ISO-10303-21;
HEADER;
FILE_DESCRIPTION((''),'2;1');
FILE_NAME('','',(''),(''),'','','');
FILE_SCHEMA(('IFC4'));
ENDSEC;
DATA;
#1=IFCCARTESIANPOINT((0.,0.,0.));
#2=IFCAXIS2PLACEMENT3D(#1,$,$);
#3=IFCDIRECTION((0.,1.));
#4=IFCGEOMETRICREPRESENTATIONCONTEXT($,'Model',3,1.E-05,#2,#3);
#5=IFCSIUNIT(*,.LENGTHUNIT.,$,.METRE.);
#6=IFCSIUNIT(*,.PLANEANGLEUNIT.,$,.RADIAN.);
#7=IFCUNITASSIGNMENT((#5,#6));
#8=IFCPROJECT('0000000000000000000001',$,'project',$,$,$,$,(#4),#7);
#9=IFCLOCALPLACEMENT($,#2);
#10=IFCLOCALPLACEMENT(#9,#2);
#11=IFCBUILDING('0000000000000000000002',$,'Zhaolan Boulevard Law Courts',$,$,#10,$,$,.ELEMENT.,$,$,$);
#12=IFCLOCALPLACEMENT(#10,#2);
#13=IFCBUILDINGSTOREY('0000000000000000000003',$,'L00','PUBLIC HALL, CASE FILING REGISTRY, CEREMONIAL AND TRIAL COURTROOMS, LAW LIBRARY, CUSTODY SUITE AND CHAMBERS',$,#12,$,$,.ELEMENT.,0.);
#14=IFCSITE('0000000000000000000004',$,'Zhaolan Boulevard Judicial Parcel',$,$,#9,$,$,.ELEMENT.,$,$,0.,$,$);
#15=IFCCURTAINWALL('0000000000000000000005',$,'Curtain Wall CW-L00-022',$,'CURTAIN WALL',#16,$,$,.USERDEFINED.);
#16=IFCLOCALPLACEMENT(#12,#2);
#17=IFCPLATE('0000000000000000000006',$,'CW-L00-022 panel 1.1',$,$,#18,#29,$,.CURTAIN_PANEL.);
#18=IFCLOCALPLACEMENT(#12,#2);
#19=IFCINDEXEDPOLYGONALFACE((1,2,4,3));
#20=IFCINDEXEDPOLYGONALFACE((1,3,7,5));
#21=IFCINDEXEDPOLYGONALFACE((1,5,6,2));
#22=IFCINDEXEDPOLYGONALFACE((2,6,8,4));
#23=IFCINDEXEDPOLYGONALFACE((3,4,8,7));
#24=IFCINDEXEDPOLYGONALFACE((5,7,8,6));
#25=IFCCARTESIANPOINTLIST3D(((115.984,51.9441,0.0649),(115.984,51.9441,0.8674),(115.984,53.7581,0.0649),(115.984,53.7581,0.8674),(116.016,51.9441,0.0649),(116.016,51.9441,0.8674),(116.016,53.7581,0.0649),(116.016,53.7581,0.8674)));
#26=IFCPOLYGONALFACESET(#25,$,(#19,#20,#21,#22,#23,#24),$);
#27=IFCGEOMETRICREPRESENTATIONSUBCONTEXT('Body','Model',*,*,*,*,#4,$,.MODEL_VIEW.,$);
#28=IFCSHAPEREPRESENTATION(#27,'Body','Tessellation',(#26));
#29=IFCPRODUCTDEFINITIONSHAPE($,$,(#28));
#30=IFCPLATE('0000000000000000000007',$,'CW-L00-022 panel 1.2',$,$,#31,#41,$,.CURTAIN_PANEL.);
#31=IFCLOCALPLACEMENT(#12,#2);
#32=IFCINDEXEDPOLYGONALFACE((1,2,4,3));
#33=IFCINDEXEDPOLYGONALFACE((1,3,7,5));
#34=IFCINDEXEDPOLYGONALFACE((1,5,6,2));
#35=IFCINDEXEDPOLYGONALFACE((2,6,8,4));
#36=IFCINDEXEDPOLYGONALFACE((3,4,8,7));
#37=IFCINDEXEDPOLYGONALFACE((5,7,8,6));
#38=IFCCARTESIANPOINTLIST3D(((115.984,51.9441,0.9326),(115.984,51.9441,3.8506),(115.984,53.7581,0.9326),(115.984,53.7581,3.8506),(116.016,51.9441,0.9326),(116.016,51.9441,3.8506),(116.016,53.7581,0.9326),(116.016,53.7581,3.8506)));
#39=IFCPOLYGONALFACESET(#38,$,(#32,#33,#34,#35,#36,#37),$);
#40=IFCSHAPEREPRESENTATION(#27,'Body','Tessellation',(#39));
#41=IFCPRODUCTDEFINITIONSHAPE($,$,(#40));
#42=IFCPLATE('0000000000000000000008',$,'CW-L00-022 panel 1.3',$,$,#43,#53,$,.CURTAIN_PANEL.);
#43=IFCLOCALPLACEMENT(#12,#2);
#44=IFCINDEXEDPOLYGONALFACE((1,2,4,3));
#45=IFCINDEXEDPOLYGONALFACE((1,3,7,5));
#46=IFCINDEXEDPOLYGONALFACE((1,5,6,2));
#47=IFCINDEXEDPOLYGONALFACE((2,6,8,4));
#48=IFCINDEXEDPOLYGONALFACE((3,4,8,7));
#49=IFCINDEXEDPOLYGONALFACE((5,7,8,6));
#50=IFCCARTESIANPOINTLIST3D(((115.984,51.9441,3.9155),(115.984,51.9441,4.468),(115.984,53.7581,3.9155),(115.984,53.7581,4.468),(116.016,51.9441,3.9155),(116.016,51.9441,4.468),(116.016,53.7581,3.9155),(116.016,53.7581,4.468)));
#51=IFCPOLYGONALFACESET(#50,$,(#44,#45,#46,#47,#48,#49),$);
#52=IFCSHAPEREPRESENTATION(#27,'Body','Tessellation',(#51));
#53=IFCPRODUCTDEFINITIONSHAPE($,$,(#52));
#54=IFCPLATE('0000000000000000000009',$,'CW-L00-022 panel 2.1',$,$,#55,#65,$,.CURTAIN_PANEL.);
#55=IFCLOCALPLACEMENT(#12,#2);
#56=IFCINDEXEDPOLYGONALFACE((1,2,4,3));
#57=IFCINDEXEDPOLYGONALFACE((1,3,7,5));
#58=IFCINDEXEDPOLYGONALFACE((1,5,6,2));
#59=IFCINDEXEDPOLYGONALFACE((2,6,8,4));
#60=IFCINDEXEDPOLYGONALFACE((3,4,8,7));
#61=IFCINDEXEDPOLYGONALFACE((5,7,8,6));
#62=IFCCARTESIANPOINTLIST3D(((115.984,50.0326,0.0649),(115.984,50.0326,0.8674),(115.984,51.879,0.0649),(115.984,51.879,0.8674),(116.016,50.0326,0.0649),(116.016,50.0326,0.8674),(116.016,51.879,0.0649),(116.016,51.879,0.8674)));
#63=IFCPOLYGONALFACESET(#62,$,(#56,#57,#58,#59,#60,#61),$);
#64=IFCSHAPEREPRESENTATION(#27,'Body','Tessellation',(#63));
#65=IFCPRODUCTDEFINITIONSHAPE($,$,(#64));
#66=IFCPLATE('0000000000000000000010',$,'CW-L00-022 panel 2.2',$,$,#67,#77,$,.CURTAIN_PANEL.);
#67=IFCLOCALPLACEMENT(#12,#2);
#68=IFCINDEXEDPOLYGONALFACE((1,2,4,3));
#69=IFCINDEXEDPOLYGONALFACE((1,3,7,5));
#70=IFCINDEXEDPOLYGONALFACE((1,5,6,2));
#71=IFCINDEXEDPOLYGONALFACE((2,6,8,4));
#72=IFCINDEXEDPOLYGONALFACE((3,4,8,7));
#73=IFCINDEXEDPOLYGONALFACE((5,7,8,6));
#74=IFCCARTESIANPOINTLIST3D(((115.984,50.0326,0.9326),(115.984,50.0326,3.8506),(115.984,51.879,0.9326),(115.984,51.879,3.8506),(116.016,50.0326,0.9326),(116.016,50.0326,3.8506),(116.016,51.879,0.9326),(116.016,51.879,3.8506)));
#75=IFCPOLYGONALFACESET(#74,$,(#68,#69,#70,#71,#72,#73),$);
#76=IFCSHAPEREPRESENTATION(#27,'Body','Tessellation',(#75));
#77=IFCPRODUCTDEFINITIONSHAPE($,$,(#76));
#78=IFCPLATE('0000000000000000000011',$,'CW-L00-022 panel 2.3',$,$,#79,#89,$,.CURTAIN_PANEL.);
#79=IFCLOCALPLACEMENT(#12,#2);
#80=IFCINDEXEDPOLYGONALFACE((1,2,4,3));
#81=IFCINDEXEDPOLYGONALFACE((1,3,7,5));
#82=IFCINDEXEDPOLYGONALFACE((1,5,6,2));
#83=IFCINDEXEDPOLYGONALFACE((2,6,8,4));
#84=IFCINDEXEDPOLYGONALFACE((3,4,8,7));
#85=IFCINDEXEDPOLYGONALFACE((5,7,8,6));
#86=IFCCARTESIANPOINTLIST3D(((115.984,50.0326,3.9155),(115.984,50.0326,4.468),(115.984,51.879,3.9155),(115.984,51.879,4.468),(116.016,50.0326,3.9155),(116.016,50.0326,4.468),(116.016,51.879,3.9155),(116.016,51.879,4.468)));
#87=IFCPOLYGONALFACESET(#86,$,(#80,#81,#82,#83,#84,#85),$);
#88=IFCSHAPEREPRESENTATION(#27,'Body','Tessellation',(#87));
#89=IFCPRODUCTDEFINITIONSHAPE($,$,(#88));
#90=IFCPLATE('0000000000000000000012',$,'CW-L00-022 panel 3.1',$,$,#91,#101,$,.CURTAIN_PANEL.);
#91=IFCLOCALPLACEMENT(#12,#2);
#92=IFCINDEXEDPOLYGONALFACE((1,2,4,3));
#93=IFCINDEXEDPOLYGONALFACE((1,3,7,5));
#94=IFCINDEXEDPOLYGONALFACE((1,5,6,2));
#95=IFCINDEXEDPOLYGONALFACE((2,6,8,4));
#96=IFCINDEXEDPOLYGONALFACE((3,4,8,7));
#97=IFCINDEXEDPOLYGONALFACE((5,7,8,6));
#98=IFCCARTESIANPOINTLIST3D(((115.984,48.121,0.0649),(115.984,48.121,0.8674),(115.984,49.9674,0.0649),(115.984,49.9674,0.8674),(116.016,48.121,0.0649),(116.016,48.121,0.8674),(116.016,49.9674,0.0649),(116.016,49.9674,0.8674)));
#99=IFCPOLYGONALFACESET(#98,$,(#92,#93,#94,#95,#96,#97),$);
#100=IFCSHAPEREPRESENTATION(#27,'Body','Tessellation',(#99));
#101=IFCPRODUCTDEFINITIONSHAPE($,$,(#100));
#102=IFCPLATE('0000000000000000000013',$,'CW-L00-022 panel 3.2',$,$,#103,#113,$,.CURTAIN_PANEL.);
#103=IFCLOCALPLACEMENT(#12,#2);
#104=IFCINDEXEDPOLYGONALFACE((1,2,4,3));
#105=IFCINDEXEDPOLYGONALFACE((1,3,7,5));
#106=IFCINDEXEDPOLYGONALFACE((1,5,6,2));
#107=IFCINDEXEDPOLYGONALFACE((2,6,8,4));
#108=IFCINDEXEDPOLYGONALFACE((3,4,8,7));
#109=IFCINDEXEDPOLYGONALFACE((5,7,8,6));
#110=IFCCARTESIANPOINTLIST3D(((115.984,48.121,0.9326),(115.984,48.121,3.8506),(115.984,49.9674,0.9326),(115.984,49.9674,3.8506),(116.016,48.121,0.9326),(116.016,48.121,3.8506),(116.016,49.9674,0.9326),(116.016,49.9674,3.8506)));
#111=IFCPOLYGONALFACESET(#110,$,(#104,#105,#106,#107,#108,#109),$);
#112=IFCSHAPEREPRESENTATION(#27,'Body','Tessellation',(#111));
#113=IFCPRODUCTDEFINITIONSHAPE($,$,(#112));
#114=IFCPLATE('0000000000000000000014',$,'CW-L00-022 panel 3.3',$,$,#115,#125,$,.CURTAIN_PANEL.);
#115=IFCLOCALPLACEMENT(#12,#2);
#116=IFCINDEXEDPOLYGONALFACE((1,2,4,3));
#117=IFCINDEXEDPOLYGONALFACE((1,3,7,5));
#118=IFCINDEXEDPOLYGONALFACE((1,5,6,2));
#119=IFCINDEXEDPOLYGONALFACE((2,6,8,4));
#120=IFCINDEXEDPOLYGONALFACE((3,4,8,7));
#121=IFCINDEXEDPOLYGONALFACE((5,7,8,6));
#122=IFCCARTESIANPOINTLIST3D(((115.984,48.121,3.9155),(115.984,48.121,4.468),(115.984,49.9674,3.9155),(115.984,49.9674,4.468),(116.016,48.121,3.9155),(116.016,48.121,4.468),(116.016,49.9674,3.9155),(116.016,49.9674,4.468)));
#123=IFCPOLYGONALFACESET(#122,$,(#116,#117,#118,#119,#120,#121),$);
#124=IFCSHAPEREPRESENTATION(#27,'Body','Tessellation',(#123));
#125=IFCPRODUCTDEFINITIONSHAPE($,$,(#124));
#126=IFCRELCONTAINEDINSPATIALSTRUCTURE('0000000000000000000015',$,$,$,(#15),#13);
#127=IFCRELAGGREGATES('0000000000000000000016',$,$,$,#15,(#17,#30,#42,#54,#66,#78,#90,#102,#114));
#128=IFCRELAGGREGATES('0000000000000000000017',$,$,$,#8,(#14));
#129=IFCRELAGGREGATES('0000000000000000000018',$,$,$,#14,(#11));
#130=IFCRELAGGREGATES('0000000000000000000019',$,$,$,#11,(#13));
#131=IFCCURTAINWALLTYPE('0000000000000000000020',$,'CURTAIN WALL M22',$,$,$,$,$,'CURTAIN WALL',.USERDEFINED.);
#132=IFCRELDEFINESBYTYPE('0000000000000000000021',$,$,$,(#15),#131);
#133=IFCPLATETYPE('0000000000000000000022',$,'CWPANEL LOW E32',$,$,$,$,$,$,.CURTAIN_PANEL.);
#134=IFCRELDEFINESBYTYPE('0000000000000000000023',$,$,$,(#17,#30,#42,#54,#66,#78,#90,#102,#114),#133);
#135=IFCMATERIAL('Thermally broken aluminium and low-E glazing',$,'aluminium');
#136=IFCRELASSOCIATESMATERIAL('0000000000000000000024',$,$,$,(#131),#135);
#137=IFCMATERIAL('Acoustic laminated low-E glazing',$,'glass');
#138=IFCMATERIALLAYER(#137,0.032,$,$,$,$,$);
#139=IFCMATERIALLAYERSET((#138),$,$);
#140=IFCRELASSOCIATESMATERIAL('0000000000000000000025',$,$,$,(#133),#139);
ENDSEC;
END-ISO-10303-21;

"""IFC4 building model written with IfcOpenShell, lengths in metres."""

from ifc_helpers import new_model, si_unit, direction, frame, origin, origin_2d, place, context, subcontext, project, spatial, rectangle, extrude, material, layer, layer_set, type_object, element, aggregate, save


model = new_model("IFC4")

# Units and contexts
model_context = context("Model", 3, precision=1e-05, world=origin(), true_north=direction((0.0, 1.0)))
body_context = subcontext(model_context, "Body", "Model", "MODEL_VIEW")
ifc_project = project(units=[si_unit("LENGTHUNIT", "METRE"), si_unit("PLANEANGLEUNIT", "RADIAN")], contexts=[model_context])

# Site, building, storey
site_placement = place(None, origin())
site = spatial("IfcSite", under=ifc_project, at=site_placement, Name="Zhaolan Boulevard Judicial Parcel", CompositionType="ELEMENT", RefElevation=0.0)
building_placement = place(site_placement, origin())
building = spatial("IfcBuilding", under=site, at=building_placement, Name="Zhaolan Boulevard Law Courts", CompositionType="ELEMENT")
storey_placement = place(building_placement, origin())
storey = spatial("IfcBuildingStorey", under=building, at=storey_placement, Name="L00", Description="PUBLIC HALL, CASE FILING REGISTRY, CEREMONIAL AND TRIAL COURTROOMS, LAW LIBRARY, CUSTODY SUITE AND CHAMBERS", CompositionType="ELEMENT", Elevation=0.0)

# Curtain wall, plates
ifc_material_1 = material(Name="Thermally broken aluminium and low-E glazing", Category="aluminium")
curtain_wall_type = type_object("IfcCurtainWallType", Name="CURTAIN WALL M22", ElementType="CURTAIN WALL", PredefinedType="USERDEFINED", material=ifc_material_1)
curtain_wall_placement = place(storey_placement, origin())
curtain_wall = element("IfcCurtainWall", 1, at=curtain_wall_placement, inside=storey, type_object=curtain_wall_type, Name="Curtain Wall CW-L00-022", ObjectType="CURTAIN WALL", PredefinedType="USERDEFINED")
ifc_material_2 = material(Name="Acoustic laminated low-E glazing", Category="glass")
ifc_layer = layer(ifc_material_2, 0.032)
ifc_layer_set = layer_set([ifc_layer])
plate_type = type_object("IfcPlateType", Name="CWPANEL LOW E32", PredefinedType="CURTAIN_PANEL", material=ifc_layer_set)
plate_1_placement = place(storey_placement, frame((116.0, 52.8511, 0.0649), z_axis=(0.0, 0.0, 1.0), x_axis=(0.0, -1.0, 0.0)))
plate_1 = element("IfcPlate", 2, at=plate_1_placement, type_object=plate_type, Name="CW-L00-022 panel 1.1", PredefinedType="CURTAIN_PANEL", context=body_context, shape_type="SweptSolid", body=[
    extrude(rectangle(XDim=1.814, YDim=0.032, at=origin_2d()), origin(), (0.0, 0.0, 1.0), 0.8025),
])
plate_2_placement = place(storey_placement, frame((116.0, 52.8511, 0.9326), z_axis=(0.0, 0.0, 1.0), x_axis=(0.0, -1.0, 0.0)))
plate_2 = element("IfcPlate", 3, at=plate_2_placement, type_object=plate_type, Name="CW-L00-022 panel 1.2", PredefinedType="CURTAIN_PANEL", context=body_context, shape_type="SweptSolid", body=[
    extrude(rectangle(XDim=1.814, YDim=0.032, at=origin_2d()), origin(), (0.0, 0.0, 1.0), 2.918),
])
plate_3_placement = place(storey_placement, frame((116.0, 52.8511, 3.9155), z_axis=(0.0, 0.0, 1.0), x_axis=(0.0, -1.0, 0.0)))
plate_3 = element("IfcPlate", 4, at=plate_3_placement, type_object=plate_type, Name="CW-L00-022 panel 1.3", PredefinedType="CURTAIN_PANEL", context=body_context, shape_type="SweptSolid", body=[
    extrude(rectangle(XDim=1.814, YDim=0.032, at=origin_2d()), origin(), (0.0, 0.0, 1.0), 0.5525),
])
plate_4_placement = place(storey_placement, frame((116.0, 50.9558, 0.0649), z_axis=(0.0, 0.0, 1.0), x_axis=(0.0, -1.0, 0.0)))
plate_4 = element("IfcPlate", 5, at=plate_4_placement, type_object=plate_type, Name="CW-L00-022 panel 2.1", PredefinedType="CURTAIN_PANEL", context=body_context, shape_type="SweptSolid", body=[
    extrude(rectangle(XDim=1.8464, YDim=0.032, at=origin_2d()), origin(), (0.0, 0.0, 1.0), 0.8025),
])
plate_5_placement = place(storey_placement, frame((116.0, 50.9558, 0.9326), z_axis=(0.0, 0.0, 1.0), x_axis=(0.0, -1.0, 0.0)))
plate_5 = element("IfcPlate", 6, at=plate_5_placement, type_object=plate_type, Name="CW-L00-022 panel 2.2", PredefinedType="CURTAIN_PANEL", context=body_context, shape_type="SweptSolid", body=[
    extrude(rectangle(XDim=1.8464, YDim=0.032, at=origin_2d()), origin(), (0.0, 0.0, 1.0), 2.918),
])
plate_6_placement = place(storey_placement, frame((116.0, 50.9558, 3.9155), z_axis=(0.0, 0.0, 1.0), x_axis=(0.0, -1.0, 0.0)))
plate_6 = element("IfcPlate", 7, at=plate_6_placement, type_object=plate_type, Name="CW-L00-022 panel 2.3", PredefinedType="CURTAIN_PANEL", context=body_context, shape_type="SweptSolid", body=[
    extrude(rectangle(XDim=1.8464, YDim=0.032, at=origin_2d()), origin(), (0.0, 0.0, 1.0), 0.5525),
])
plate_7_placement = place(storey_placement, frame((116.0, 49.0442, 0.0649), z_axis=(0.0, 0.0, 1.0), x_axis=(0.0, -1.0, 0.0)))
plate_7 = element("IfcPlate", 8, at=plate_7_placement, type_object=plate_type, Name="CW-L00-022 panel 3.1", PredefinedType="CURTAIN_PANEL", context=body_context, shape_type="SweptSolid", body=[
    extrude(rectangle(XDim=1.8464, YDim=0.032, at=origin_2d()), origin(), (0.0, 0.0, 1.0), 0.8025),
])
plate_8_placement = place(storey_placement, frame((116.0, 49.0442, 0.9326), z_axis=(0.0, 0.0, 1.0), x_axis=(0.0, -1.0, 0.0)))
plate_8 = element("IfcPlate", 9, at=plate_8_placement, type_object=plate_type, Name="CW-L00-022 panel 3.2", PredefinedType="CURTAIN_PANEL", context=body_context, shape_type="SweptSolid", body=[
    extrude(rectangle(XDim=1.8464, YDim=0.032, at=origin_2d()), origin(), (0.0, 0.0, 1.0), 2.918),
])
plate_9_placement = place(storey_placement, frame((116.0, 49.0442, 3.9155), z_axis=(0.0, 0.0, 1.0), x_axis=(0.0, -1.0, 0.0)))
plate_9 = element("IfcPlate", 10, at=plate_9_placement, type_object=plate_type, Name="CW-L00-022 panel 3.3", PredefinedType="CURTAIN_PANEL", context=body_context, shape_type="SweptSolid", body=[
    extrude(rectangle(XDim=1.8464, YDim=0.032, at=origin_2d()), origin(), (0.0, 0.0, 1.0), 0.5525),
])
aggregate(curtain_wall, [plate_1, plate_2, plate_3, plate_4, plate_5, plate_6, plate_7, plate_8, plate_9])

save(model, "model.ifc")
